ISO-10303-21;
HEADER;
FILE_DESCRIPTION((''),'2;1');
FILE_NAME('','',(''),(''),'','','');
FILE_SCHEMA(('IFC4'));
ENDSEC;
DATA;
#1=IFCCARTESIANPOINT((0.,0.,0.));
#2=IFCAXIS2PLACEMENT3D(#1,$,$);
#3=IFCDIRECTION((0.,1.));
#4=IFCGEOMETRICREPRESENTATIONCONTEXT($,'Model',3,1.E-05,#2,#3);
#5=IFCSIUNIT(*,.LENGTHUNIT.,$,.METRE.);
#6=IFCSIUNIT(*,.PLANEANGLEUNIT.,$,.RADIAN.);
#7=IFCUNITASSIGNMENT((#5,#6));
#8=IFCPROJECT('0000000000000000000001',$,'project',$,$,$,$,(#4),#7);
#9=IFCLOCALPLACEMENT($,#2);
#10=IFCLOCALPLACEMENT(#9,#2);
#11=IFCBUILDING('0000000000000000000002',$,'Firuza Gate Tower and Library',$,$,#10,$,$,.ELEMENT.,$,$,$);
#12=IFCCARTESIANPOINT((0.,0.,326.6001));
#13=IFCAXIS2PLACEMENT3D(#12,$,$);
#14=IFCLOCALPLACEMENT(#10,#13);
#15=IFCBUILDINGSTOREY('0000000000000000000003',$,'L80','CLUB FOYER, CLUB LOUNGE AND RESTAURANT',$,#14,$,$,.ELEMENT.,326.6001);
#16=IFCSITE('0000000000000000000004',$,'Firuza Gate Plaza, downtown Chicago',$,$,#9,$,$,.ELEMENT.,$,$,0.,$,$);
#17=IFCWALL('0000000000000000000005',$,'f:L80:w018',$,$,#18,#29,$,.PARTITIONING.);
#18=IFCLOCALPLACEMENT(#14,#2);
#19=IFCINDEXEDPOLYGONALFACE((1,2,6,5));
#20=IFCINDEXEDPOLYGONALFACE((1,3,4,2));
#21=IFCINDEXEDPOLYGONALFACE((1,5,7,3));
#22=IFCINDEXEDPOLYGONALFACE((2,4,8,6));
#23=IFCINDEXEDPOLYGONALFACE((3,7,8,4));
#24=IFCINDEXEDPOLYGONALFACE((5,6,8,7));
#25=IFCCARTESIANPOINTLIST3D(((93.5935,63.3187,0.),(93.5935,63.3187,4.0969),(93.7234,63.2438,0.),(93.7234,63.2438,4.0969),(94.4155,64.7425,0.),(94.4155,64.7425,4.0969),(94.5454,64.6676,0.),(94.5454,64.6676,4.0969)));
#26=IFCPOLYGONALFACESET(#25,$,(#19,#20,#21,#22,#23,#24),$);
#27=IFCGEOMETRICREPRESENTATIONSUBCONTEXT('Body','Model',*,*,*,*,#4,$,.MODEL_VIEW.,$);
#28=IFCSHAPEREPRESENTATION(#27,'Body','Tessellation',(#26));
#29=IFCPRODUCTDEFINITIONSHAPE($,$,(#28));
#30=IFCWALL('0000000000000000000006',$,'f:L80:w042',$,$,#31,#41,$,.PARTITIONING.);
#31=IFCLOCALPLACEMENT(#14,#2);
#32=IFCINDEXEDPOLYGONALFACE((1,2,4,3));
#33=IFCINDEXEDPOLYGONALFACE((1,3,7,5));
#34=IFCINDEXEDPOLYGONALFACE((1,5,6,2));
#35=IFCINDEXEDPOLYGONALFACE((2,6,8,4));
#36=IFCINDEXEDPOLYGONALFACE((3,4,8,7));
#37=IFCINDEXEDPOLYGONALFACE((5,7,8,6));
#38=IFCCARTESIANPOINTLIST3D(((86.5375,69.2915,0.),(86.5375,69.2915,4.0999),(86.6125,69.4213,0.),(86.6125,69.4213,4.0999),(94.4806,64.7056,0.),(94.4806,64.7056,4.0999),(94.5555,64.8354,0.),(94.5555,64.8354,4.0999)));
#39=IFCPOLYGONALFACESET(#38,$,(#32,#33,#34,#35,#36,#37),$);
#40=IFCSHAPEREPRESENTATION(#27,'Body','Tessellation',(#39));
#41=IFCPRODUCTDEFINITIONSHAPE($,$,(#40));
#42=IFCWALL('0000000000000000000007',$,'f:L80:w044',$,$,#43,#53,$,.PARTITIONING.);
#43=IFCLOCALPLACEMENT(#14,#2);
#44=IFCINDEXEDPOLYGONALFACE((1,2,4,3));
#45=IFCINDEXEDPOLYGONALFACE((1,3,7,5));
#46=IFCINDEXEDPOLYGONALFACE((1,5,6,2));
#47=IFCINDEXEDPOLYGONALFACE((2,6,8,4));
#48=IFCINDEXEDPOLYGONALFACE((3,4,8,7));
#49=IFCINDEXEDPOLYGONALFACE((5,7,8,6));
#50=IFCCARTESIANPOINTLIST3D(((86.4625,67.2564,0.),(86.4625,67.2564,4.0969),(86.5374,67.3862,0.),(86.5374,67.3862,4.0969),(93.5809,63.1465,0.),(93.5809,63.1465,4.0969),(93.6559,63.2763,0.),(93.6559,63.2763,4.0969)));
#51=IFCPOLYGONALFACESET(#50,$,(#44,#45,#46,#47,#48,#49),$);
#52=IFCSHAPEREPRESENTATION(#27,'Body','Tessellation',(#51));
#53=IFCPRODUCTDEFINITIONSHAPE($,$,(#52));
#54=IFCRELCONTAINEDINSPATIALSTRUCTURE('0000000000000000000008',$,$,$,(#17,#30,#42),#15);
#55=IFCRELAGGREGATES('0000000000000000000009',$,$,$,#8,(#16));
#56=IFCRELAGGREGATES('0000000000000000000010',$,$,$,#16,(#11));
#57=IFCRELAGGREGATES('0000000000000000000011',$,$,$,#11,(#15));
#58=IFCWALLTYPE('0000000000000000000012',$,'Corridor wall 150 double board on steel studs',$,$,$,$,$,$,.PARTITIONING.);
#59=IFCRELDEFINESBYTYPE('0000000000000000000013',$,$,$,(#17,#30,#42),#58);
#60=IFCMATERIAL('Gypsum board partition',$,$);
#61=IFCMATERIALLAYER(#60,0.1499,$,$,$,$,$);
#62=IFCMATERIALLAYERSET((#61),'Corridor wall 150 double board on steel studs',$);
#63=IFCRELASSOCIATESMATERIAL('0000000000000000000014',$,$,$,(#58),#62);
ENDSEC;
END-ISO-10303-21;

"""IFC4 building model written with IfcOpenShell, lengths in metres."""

from ifc_helpers import new_model, si_unit, direction, frame, frame_2d, origin, place, context, subcontext, project, spatial, rectangle, extrude, material, layer, layer_set, type_object, element, save


model = new_model("IFC4")

# Units and contexts
model_context = context("Model", 3, precision=1e-05, world=origin(), true_north=direction((0.0, 1.0)))
body_context = subcontext(model_context, "Body", "Model", "MODEL_VIEW")
ifc_project = project(units=[si_unit("LENGTHUNIT", "METRE"), si_unit("PLANEANGLEUNIT", "RADIAN")], contexts=[model_context])

# Site, building, storey
site_placement = place(None, origin())
site = spatial("IfcSite", under=ifc_project, at=site_placement, Name="Firuza Gate Plaza, downtown Chicago", CompositionType="ELEMENT", RefElevation=0.0)
building_placement = place(site_placement, origin())
building = spatial("IfcBuilding", under=site, at=building_placement, Name="Firuza Gate Tower and Library", CompositionType="ELEMENT")
storey_placement = place(building_placement, frame((0.0, 0.0, 326.6001)))
storey = spatial("IfcBuildingStorey", under=building, at=storey_placement, Name="L80", Description="CLUB FOYER, CLUB LOUNGE AND RESTAURANT", CompositionType="ELEMENT", Elevation=326.6001)

# Walls
ifc_material_1 = material(Name="Gypsum board partition")
ifc_layer_1 = layer(ifc_material_1, 0.1499)
ifc_layer_set_1 = layer_set([ifc_layer_1], Name="Corridor wall 150 double board on steel studs")
wall_type = type_object("IfcWallType", Name="Corridor wall 150 double board on steel studs", PredefinedType="PARTITIONING", material=ifc_layer_set_1)
wall_1_placement = place(storey_placement, frame((93.6584, 63.2812, 0.0), z_axis=(0.0, 0.0, 1.0), x_axis=(0.499988, 0.866032, 0.0)))
element("IfcWall", 1, at=wall_1_placement, inside=storey, type_object=wall_type, Name="f:L80:w018", PredefinedType="PARTITIONING", context=body_context, shape_type="SweptSolid", body=[
    extrude(rectangle(XDim=1.644, YDim=0.1499, at=frame_2d((0.822, 0.0))), origin(), (0.0, 0.0, 1.0), 4.0969),
])
wall_2_placement = place(storey_placement, frame((94.5181, 64.7705, 0.0), z_axis=(0.0, 0.0, 1.0), x_axis=(-0.866026, 0.499998, 0.0)))
element("IfcWall", 2, at=wall_2_placement, inside=storey, type_object=wall_type, Name="f:L80:w042", PredefinedType="PARTITIONING", context=body_context, shape_type="SweptSolid", body=[
    extrude(rectangle(XDim=9.1719, YDim=0.1499, at=frame_2d((4.5859, 0.0))), origin(), (0.0, 0.0, 1.0), 4.0999),
])
wall_3_placement = place(storey_placement, frame((93.6184, 63.2114, 0.0), z_axis=(0.0, 0.0, 1.0), x_axis=(-0.866023, 0.500004, 0.0)))
element("IfcWall", 3, at=wall_3_placement, inside=storey, type_object=wall_type, Name="f:L80:w044", PredefinedType="PARTITIONING", context=body_context, shape_type="SweptSolid", body=[
    extrude(rectangle(XDim=8.2197, YDim=0.1499, at=frame_2d((4.1099, 0.0))), origin(), (0.0, 0.0, 1.0), 4.0969),
])

save(model, "model.ifc")
